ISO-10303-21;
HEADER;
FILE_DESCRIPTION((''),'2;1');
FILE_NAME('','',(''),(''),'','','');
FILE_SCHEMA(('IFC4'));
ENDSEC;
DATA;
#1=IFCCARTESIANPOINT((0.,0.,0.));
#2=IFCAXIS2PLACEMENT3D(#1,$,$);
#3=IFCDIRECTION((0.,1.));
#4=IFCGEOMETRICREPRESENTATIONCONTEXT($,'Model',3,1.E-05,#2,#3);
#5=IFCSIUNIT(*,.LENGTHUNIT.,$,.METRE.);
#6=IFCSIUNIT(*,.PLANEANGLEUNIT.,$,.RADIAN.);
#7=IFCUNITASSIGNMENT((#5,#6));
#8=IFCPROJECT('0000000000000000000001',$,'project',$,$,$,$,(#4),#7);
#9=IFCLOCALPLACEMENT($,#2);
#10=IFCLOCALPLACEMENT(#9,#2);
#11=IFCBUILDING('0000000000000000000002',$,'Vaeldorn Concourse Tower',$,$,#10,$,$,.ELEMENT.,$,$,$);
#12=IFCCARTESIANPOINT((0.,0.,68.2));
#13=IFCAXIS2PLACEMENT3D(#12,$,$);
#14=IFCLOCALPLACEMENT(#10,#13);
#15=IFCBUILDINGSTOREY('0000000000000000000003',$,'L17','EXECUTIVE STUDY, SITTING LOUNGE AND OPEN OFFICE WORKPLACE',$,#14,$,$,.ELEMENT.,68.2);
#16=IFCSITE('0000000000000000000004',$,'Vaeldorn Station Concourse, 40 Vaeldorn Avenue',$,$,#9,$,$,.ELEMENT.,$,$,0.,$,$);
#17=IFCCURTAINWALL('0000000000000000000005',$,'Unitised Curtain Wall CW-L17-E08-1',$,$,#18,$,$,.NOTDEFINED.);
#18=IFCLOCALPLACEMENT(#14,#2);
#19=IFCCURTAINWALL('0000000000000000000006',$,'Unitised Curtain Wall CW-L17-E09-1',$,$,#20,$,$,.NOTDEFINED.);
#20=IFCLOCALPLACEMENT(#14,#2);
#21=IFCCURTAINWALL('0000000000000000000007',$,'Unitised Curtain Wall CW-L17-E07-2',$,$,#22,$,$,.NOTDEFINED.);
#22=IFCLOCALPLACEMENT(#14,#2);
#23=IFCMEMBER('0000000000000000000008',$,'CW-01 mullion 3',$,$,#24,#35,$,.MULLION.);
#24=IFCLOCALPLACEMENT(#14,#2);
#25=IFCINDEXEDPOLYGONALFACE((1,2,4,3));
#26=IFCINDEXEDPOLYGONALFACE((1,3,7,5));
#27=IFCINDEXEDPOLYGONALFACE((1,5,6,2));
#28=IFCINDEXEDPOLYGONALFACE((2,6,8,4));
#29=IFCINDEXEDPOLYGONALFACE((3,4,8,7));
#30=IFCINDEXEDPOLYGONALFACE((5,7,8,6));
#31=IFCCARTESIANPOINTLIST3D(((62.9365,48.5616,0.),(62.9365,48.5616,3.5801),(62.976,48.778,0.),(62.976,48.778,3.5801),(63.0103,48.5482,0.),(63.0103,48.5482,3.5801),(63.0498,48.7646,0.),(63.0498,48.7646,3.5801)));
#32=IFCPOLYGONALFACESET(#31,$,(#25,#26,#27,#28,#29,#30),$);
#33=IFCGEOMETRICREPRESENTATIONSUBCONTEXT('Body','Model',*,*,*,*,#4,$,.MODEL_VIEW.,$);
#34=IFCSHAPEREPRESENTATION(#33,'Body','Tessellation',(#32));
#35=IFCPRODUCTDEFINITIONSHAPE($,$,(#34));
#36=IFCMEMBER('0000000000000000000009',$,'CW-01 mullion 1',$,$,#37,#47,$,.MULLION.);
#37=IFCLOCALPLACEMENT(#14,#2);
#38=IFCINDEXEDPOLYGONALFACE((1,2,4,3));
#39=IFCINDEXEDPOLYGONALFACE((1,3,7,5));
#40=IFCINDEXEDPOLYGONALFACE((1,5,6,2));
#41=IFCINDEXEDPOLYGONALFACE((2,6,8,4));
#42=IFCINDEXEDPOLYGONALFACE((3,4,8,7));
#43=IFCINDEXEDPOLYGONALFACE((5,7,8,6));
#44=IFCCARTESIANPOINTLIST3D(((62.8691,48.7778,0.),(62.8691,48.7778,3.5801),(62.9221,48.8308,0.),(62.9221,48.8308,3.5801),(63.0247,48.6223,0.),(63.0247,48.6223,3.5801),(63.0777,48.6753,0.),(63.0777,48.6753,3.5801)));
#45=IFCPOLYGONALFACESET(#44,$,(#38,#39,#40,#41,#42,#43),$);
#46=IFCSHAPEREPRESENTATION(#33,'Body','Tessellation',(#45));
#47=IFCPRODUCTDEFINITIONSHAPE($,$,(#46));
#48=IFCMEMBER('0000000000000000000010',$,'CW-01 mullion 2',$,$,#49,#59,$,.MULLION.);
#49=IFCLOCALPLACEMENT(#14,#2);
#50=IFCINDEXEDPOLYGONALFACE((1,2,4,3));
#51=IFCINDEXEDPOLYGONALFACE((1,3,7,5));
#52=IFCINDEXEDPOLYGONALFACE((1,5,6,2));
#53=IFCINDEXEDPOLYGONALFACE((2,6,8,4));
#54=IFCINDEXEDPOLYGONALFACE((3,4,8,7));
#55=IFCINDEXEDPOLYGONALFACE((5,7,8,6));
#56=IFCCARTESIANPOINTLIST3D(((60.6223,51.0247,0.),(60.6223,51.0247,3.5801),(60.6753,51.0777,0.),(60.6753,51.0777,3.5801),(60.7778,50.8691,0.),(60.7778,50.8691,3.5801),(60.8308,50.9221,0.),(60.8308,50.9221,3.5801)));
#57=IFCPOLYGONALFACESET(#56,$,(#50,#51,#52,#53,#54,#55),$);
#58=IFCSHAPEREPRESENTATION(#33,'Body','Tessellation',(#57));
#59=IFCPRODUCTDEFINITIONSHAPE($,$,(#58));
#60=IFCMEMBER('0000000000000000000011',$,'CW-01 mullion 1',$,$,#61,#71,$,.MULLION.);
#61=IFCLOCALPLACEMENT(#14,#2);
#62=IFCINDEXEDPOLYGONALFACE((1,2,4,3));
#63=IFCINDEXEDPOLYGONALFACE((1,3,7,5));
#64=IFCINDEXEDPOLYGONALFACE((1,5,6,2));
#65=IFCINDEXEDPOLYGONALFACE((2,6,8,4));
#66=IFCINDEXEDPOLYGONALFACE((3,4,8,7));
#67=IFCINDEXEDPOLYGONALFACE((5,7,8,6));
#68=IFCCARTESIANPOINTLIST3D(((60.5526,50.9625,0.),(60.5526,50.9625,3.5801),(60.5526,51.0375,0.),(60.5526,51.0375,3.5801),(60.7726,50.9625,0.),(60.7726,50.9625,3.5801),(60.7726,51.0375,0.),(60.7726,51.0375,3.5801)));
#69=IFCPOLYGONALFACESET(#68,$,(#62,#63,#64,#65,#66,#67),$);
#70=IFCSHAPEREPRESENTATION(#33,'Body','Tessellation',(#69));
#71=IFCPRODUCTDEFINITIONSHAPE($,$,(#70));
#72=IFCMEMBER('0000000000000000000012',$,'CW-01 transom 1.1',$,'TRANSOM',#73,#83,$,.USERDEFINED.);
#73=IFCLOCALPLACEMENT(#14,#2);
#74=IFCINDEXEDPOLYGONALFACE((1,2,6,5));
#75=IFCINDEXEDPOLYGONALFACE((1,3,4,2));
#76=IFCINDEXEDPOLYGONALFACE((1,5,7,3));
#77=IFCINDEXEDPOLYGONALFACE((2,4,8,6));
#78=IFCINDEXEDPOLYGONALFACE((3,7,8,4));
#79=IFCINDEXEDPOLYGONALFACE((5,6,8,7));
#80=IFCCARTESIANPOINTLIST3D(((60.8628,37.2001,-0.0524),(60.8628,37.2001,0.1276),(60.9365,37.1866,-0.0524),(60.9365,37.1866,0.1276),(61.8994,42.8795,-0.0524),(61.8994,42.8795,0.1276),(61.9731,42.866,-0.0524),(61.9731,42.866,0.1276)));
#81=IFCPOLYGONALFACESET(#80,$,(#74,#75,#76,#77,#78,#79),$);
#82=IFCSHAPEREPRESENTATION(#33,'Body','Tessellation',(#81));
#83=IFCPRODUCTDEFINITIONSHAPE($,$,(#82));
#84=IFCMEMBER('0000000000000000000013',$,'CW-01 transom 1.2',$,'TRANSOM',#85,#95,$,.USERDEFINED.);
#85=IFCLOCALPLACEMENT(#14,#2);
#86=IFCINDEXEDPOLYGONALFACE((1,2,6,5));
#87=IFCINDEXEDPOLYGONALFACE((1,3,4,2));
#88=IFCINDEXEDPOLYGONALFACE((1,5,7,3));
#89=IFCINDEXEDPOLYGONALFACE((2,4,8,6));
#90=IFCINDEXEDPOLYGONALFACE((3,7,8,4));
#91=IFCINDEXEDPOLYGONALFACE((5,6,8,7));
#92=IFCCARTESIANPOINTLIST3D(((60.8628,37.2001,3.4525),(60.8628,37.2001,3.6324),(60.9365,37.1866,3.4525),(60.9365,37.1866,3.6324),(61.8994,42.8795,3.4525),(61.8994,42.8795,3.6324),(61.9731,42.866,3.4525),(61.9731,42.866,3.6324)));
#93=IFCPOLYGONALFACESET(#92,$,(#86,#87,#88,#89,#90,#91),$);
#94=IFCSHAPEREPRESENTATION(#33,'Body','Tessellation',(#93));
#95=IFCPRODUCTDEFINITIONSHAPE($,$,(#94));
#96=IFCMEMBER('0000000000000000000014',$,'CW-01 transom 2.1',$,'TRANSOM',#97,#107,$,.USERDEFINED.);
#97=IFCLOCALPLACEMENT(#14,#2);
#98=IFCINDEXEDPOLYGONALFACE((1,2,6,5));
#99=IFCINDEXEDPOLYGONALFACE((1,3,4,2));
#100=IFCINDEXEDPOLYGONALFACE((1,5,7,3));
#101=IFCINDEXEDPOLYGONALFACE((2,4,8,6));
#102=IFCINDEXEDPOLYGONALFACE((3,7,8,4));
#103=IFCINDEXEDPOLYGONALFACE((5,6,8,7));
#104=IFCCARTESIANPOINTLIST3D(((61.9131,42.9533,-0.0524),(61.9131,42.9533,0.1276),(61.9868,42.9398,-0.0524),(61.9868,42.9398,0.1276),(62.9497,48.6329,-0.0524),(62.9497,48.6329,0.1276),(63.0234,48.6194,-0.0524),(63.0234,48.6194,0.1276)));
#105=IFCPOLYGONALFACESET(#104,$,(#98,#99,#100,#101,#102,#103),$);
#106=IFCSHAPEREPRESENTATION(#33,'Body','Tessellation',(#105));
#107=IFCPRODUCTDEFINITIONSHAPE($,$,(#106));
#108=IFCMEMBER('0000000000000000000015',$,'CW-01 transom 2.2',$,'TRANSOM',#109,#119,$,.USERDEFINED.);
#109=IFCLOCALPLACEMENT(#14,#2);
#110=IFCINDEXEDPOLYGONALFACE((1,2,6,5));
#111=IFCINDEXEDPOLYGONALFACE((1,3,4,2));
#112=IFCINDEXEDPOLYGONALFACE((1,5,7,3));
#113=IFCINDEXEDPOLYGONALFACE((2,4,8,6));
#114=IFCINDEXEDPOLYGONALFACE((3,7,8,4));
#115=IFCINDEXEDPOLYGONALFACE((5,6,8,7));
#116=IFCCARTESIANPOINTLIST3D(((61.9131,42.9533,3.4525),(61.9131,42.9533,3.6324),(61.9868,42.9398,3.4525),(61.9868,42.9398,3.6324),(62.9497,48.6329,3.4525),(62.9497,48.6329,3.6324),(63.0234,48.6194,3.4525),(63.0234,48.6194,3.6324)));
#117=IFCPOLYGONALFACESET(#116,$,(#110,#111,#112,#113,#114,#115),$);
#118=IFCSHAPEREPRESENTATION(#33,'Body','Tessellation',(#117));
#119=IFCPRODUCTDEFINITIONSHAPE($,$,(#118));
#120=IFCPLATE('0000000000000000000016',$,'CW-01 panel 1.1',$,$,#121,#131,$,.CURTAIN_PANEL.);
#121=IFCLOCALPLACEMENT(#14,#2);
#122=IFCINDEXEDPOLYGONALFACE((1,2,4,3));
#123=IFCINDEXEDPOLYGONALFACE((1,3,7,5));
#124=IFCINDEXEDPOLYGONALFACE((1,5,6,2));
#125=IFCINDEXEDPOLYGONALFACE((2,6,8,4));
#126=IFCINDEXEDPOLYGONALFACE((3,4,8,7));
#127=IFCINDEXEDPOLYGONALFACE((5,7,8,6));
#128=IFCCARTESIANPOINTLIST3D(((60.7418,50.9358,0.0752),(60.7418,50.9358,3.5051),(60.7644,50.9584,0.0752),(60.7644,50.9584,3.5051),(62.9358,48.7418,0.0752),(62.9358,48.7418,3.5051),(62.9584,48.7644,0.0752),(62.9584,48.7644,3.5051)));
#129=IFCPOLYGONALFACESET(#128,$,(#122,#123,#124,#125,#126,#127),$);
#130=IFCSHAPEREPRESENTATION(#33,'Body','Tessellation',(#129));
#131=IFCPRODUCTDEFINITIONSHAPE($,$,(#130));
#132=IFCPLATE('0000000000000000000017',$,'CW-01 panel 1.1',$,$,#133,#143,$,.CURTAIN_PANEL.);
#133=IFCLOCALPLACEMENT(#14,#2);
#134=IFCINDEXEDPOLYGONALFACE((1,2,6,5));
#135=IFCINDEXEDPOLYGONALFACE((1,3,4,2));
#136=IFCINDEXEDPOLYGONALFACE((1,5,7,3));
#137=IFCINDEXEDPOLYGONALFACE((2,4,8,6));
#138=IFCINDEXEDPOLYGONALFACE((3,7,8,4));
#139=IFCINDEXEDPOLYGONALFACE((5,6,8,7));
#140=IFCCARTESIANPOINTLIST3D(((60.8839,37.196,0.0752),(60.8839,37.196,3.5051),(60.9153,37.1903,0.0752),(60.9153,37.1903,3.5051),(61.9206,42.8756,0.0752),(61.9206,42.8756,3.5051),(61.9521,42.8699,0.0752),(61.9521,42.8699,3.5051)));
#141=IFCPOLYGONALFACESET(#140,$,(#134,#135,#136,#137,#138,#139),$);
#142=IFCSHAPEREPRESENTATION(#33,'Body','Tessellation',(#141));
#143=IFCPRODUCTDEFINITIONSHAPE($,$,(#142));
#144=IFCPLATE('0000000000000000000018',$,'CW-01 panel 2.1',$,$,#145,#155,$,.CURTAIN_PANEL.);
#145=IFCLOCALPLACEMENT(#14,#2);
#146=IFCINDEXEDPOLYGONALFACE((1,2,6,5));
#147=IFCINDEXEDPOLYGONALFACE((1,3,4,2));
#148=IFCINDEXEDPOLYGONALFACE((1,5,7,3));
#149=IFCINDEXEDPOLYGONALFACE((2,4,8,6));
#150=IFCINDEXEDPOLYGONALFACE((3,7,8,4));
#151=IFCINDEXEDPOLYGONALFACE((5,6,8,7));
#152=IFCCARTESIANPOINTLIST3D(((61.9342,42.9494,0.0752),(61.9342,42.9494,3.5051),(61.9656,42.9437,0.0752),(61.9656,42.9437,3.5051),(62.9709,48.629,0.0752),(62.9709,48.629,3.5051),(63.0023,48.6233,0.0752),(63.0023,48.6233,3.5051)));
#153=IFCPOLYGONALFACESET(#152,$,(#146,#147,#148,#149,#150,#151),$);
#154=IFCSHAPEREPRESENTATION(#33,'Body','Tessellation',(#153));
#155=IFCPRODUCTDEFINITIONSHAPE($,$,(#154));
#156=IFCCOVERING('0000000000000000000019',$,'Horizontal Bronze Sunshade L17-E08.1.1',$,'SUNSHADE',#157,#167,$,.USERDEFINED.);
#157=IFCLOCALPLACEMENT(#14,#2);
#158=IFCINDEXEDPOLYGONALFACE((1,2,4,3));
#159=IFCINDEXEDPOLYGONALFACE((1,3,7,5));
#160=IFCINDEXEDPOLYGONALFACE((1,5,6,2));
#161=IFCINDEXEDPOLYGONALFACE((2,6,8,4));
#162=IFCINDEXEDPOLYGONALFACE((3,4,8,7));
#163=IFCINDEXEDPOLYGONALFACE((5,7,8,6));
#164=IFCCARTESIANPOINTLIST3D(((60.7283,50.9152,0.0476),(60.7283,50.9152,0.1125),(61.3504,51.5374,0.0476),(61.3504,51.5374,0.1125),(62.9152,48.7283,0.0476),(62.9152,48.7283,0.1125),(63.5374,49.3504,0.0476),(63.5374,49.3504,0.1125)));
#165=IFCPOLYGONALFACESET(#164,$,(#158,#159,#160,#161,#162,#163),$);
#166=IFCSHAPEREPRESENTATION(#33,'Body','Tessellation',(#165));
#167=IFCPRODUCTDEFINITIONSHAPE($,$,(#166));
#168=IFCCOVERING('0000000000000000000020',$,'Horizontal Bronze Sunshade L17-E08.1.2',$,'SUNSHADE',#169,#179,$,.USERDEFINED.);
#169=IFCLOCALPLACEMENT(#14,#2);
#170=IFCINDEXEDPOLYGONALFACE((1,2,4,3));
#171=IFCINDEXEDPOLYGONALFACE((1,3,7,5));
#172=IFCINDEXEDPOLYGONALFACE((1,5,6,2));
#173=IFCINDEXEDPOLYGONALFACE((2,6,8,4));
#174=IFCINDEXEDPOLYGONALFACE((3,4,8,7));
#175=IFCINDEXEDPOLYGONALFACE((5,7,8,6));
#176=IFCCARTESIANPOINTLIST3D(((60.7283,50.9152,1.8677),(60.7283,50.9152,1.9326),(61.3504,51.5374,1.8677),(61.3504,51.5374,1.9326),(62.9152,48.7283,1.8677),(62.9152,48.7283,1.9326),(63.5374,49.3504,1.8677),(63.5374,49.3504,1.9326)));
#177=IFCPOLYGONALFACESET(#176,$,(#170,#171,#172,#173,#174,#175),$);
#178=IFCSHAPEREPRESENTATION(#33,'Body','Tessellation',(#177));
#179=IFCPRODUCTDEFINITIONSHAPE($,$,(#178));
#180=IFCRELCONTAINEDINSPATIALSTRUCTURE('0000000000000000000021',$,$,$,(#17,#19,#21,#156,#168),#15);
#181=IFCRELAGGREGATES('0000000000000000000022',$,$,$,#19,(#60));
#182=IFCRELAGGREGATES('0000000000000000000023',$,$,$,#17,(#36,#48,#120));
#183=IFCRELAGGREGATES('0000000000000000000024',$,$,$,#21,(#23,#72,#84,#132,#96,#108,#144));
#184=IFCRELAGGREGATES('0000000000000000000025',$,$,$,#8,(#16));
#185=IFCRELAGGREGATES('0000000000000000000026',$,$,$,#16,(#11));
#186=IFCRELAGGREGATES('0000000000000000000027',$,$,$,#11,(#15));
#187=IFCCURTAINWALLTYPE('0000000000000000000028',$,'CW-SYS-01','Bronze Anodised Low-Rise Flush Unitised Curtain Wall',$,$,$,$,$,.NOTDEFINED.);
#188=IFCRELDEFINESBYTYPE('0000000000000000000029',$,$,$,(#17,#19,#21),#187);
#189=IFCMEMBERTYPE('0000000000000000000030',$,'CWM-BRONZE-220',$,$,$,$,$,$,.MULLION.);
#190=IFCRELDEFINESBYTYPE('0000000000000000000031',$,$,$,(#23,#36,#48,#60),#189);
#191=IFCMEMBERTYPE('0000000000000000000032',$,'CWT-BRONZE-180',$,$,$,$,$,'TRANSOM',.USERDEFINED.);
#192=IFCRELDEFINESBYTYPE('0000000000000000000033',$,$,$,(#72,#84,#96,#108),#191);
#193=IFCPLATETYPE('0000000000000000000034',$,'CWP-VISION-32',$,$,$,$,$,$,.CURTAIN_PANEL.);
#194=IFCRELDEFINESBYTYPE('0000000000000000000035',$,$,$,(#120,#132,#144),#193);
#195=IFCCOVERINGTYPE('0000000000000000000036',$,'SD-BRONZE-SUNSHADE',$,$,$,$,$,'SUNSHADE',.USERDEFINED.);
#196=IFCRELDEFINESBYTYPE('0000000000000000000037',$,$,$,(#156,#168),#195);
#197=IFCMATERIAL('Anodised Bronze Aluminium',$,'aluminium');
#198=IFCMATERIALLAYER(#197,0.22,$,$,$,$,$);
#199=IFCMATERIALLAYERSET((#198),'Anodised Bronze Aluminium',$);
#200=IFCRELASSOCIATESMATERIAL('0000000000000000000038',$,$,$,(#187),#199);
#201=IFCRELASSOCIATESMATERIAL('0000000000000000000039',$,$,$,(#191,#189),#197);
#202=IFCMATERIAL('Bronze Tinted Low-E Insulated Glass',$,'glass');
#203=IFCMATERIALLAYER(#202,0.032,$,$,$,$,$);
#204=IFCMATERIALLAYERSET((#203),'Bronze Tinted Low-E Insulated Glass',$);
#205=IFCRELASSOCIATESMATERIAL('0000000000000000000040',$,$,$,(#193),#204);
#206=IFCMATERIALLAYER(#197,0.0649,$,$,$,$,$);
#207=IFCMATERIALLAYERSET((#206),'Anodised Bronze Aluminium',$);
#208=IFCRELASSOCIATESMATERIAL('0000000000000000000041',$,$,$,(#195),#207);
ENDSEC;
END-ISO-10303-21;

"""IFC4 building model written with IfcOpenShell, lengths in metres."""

from ifc_helpers import new_model, si_unit, direction, frame, origin, origin_2d, place, context, subcontext, project, spatial, rectangle, extrude, source, transform, mapped, material, layer, layer_set, material_profile, profile_set, type_object, element, aggregate, save


model = new_model("IFC4")

# Units and contexts
model_context = context("Model", 3, precision=1e-05, world=origin(), true_north=direction((0.0, 1.0)))
body_context = subcontext(model_context, "Body", "Model", "MODEL_VIEW")
ifc_project = project(units=[si_unit("LENGTHUNIT", "METRE"), si_unit("PLANEANGLEUNIT", "RADIAN")], contexts=[model_context])

# Site, building, storey
site_placement = place(None, origin())
site = spatial("IfcSite", under=ifc_project, at=site_placement, Name="Vaeldorn Station Concourse, 40 Vaeldorn Avenue", CompositionType="ELEMENT", RefElevation=0.0)
building_placement = place(site_placement, origin())
building = spatial("IfcBuilding", under=site, at=building_placement, Name="Vaeldorn Concourse Tower", CompositionType="ELEMENT")
storey_placement = place(building_placement, frame((0.0, 0.0, 68.2)))
storey = spatial("IfcBuildingStorey", under=building, at=storey_placement, Name="L17", Description="EXECUTIVE STUDY, SITTING LOUNGE AND OPEN OFFICE WORKPLACE", CompositionType="ELEMENT", Elevation=68.2)

# Curtain walls, member
ifc_material_1 = material(Name="Anodised Bronze Aluminium", Category="aluminium")
ifc_layer_1 = layer(ifc_material_1, 0.22)
ifc_layer_set_1 = layer_set([ifc_layer_1], Name="Anodised Bronze Aluminium")
curtain_wall_type = type_object("IfcCurtainWallType", Name="CW-SYS-01", Description="Bronze Anodised Low-Rise Flush Unitised Curtain Wall", PredefinedType="NOTDEFINED", material=ifc_layer_set_1)
curtain_wall_1_placement = place(storey_placement, origin())
curtain_wall_1 = element("IfcCurtainWall", 1, at=curtain_wall_1_placement, inside=storey, type_object=curtain_wall_type, Name="Unitised Curtain Wall CW-L17-E08-1", PredefinedType="NOTDEFINED")
ifc_material_profile_1 = material_profile(ifc_material_1, rectangle(XDim=0.075, YDim=0.1799, at=origin_2d()), Name="CWT 75x180")
ifc_profile_set_1 = profile_set([ifc_material_profile_1], Name="Anodised Bronze Aluminium")
member_type_1 = type_object("IfcMemberType", Name="CWT-BRONZE-180", ElementType="TRANSOM", PredefinedType="USERDEFINED", material=ifc_profile_set_1)
curtain_wall_2_placement = place(storey_placement, origin())
curtain_wall_2 = element("IfcCurtainWall", 2, at=curtain_wall_2_placement, inside=storey, type_object=curtain_wall_type, Name="Unitised Curtain Wall CW-L17-E09-1", PredefinedType="NOTDEFINED")
curtain_wall_3_placement = place(storey_placement, origin())
curtain_wall_3 = element("IfcCurtainWall", 3, at=curtain_wall_3_placement, inside=storey, type_object=curtain_wall_type, Name="Unitised Curtain Wall CW-L17-E07-2", PredefinedType="NOTDEFINED")
ifc_material_profile_2 = material_profile(ifc_material_1, rectangle(XDim=0.075, YDim=0.22, at=origin_2d()), Name="CWM 75x220")
ifc_profile_set_2 = profile_set([ifc_material_profile_2], Name="Anodised Bronze Aluminium")
member_type_2 = type_object("IfcMemberType", Name="CWM-BRONZE-220", PredefinedType="MULLION", material=ifc_profile_set_2)
shared_shape_1 = source(origin(), body_context, "Body", "SweptSolid", [
    extrude(rectangle(XDim=0.075, YDim=0.22, at=origin_2d()), origin(), (0.0, 0.0, 1.0), 3.5801),
])
member_1_placement = place(storey_placement, frame((62.9932, 48.6631, 0.0), z_axis=(0.0, 0.0, 1.0), x_axis=(-0.983746, 0.179564, 0.0)))
member_1 = element("IfcMember", 4, at=member_1_placement, type_object=member_type_2, Name="CW-01 mullion 3", PredefinedType="MULLION", context=body_context, shape_type="MappedRepresentation", body=[
    mapped(shared_shape_1, transform((0.0, 0.0, 0.0), scale=1.0)),
])

# Members
member_2_placement = place(storey_placement, frame((62.9734, 48.7266, 0.0), z_axis=(0.0, 0.0, 1.0), x_axis=(-0.707107, -0.707107, 0.0)))
member_2 = element("IfcMember", 5, at=member_2_placement, type_object=member_type_2, Name="CW-01 mullion 1", PredefinedType="MULLION", context=body_context, shape_type="MappedRepresentation", body=[
    mapped(shared_shape_1, transform((0.0, 0.0, 0.0), scale=1.0)),
])
member_3_placement = place(storey_placement, frame((60.7266, 50.9734, 0.0), z_axis=(0.0, 0.0, 1.0), x_axis=(-0.707107, -0.707107, 0.0)))
member_3 = element("IfcMember", 6, at=member_3_placement, type_object=member_type_2, Name="CW-01 mullion 2", PredefinedType="MULLION", context=body_context, shape_type="MappedRepresentation", body=[
    mapped(shared_shape_1, transform((0.0, 0.0, 0.0), scale=1.0)),
])
member_4_placement = place(storey_placement, frame((60.6626, 51.0, 0.0), z_axis=(0.0, 0.0, 1.0), x_axis=(0.0, -1.0, 0.0)))
member_4 = element("IfcMember", 7, at=member_4_placement, type_object=member_type_2, Name="CW-01 mullion 1", PredefinedType="MULLION", context=body_context, shape_type="MappedRepresentation", body=[
    mapped(shared_shape_1, transform((0.0, 0.0, 0.0), scale=1.0)),
])
aggregate(curtain_wall_2, [member_4])
shared_shape_2 = source(origin(), body_context, "Body", "SweptSolid", [
    extrude(rectangle(XDim=0.075, YDim=0.1799, at=origin_2d()), origin(), (0.0, 0.0, 1.0), 5.7732),
])
member_5_placement = place(storey_placement, frame((60.8997, 37.1934, 0.0376), z_axis=(0.179555, 0.983748, 0.0), x_axis=(-0.983748, 0.179555, 0.0)))
member_5 = element("IfcMember", 8, at=member_5_placement, type_object=member_type_1, Name="CW-01 transom 1.1", ObjectType="TRANSOM", PredefinedType="USERDEFINED", context=body_context, shape_type="MappedRepresentation", body=[
    mapped(shared_shape_2, transform((0.0, 0.0, 0.0), scale=1.0)),
])
member_6_placement = place(storey_placement, frame((60.8997, 37.1934, 3.5425), z_axis=(0.179555, 0.983748, 0.0), x_axis=(-0.983748, 0.179555, 0.0)))
member_6 = element("IfcMember", 9, at=member_6_placement, type_object=member_type_1, Name="CW-01 transom 1.2", ObjectType="TRANSOM", PredefinedType="USERDEFINED", context=body_context, shape_type="MappedRepresentation", body=[
    mapped(shared_shape_2, transform((0.0, 0.0, 0.0), scale=1.0)),
])
shared_shape_3 = source(origin(), body_context, "Body", "SweptSolid", [
    extrude(rectangle(XDim=0.075, YDim=0.1799, at=origin_2d()), origin(), (0.0, 0.0, 1.0), 5.7734),
])
member_7_placement = place(storey_placement, frame((61.95, 42.9465, 0.0376), z_axis=(0.179548, 0.983749, 0.0), x_axis=(-0.983749, 0.179548, 0.0)))
member_7 = element("IfcMember", 10, at=member_7_placement, type_object=member_type_1, Name="CW-01 transom 2.1", ObjectType="TRANSOM", PredefinedType="USERDEFINED", context=body_context, shape_type="MappedRepresentation", body=[
    mapped(shared_shape_3, transform((0.0, 0.0, 0.0), scale=1.0)),
])
member_8_placement = place(storey_placement, frame((61.95, 42.9465, 3.5425), z_axis=(0.179548, 0.983749, 0.0), x_axis=(-0.983749, 0.179548, 0.0)))
member_8 = element("IfcMember", 11, at=member_8_placement, type_object=member_type_1, Name="CW-01 transom 2.2", ObjectType="TRANSOM", PredefinedType="USERDEFINED", context=body_context, shape_type="MappedRepresentation", body=[
    mapped(shared_shape_3, transform((0.0, 0.0, 0.0), scale=1.0)),
])

# Plates
ifc_material_2 = material(Name="Bronze Tinted Low-E Insulated Glass", Category="glass")
ifc_layer_2 = layer(ifc_material_2, 0.032)
ifc_layer_set_2 = layer_set([ifc_layer_2], Name="Bronze Tinted Low-E Insulated Glass")
plate_type = type_object("IfcPlateType", Name="CWP-VISION-32", PredefinedType="CURTAIN_PANEL", material=ifc_layer_set_2)
shared_shape_4 = source(origin(), body_context, "Body", "SweptSolid", [
    extrude(rectangle(XDim=3.1028, YDim=0.032, at=origin_2d()), origin(), (0.0, 0.0, 1.0), 3.4299),
])
plate_1_placement = place(storey_placement, frame((61.8501, 49.8501, 0.0752), z_axis=(0.0, 0.0, 1.0), x_axis=(-0.707107, 0.707107, 0.0)))
plate_1 = element("IfcPlate", 12, at=plate_1_placement, type_object=plate_type, Name="CW-01 panel 1.1", PredefinedType="CURTAIN_PANEL", context=body_context, shape_type="MappedRepresentation", body=[
    mapped(shared_shape_4, transform((0.0, 0.0, 0.0), scale=1.0)),
])
aggregate(curtain_wall_1, [member_2, member_3, plate_1])
shared_shape_5 = source(origin(), body_context, "Body", "SweptSolid", [
    extrude(rectangle(XDim=5.7734, YDim=0.032, at=origin_2d()), origin(), (0.0, 0.0, 1.0), 3.4299),
])
plate_2_placement = place(storey_placement, frame((61.418, 40.033, 0.0752), z_axis=(0.0, 0.0, 1.0), x_axis=(0.179564, 0.983746, 0.0)))
plate_2 = element("IfcPlate", 13, at=plate_2_placement, type_object=plate_type, Name="CW-01 panel 1.1", PredefinedType="CURTAIN_PANEL", context=body_context, shape_type="MappedRepresentation", body=[
    mapped(shared_shape_5, transform((0.0, 0.0, 0.0), scale=1.0)),
])
plate_3_placement = place(storey_placement, frame((62.4683, 45.7864, 0.0752), z_axis=(0.0, 0.0, 1.0), x_axis=(0.179564, 0.983746, 0.0)))
plate_3 = element("IfcPlate", 14, at=plate_3_placement, type_object=plate_type, Name="CW-01 panel 2.1", PredefinedType="CURTAIN_PANEL", context=body_context, shape_type="MappedRepresentation", body=[
    mapped(shared_shape_5, transform((0.0, 0.0, 0.0), scale=1.0)),
])
aggregate(curtain_wall_3, [member_1, member_5, member_6, plate_2, member_7, member_8, plate_3])

# Coverings
ifc_layer_3 = layer(ifc_material_1, 0.0649)
ifc_layer_set_3 = layer_set([ifc_layer_3], Name="Anodised Bronze Aluminium")
covering_type = type_object("IfcCoveringType", Name="SD-BRONZE-SUNSHADE", ElementType="SUNSHADE", PredefinedType="USERDEFINED", material=ifc_layer_set_3)
shared_shape_6 = source(origin(), body_context, "Body", "SweptSolid", [
    extrude(rectangle(XDim=3.0928, YDim=0.8799, at=origin_2d()), origin(), (0.0, 0.0, 1.0), 0.0649),
])
for number, where, z_axis, x_axis, name in (
    (15, (62.1328, 50.1328, 0.0476), (0.0, 0.0, 1.0), (-0.707107, 0.707107, 0.0), "Horizontal Bronze Sunshade L17-E08.1.1"),
    (16, (62.1328, 50.1328, 1.8677), (0.0, 0.0, 1.0), (-0.707107, 0.707107, 0.0), "Horizontal Bronze Sunshade L17-E08.1.2"),
):
    element("IfcCovering", number, at=place(storey_placement, frame(where, z_axis=z_axis, x_axis=x_axis)), inside=storey, type_object=covering_type, Name=name, ObjectType="SUNSHADE", PredefinedType="USERDEFINED", context=body_context, shape_type="MappedRepresentation", body=[
        mapped(shared_shape_6, transform((0.0, 0.0, 0.0), scale=1.0)),
    ])

save(model, "model.ifc")
